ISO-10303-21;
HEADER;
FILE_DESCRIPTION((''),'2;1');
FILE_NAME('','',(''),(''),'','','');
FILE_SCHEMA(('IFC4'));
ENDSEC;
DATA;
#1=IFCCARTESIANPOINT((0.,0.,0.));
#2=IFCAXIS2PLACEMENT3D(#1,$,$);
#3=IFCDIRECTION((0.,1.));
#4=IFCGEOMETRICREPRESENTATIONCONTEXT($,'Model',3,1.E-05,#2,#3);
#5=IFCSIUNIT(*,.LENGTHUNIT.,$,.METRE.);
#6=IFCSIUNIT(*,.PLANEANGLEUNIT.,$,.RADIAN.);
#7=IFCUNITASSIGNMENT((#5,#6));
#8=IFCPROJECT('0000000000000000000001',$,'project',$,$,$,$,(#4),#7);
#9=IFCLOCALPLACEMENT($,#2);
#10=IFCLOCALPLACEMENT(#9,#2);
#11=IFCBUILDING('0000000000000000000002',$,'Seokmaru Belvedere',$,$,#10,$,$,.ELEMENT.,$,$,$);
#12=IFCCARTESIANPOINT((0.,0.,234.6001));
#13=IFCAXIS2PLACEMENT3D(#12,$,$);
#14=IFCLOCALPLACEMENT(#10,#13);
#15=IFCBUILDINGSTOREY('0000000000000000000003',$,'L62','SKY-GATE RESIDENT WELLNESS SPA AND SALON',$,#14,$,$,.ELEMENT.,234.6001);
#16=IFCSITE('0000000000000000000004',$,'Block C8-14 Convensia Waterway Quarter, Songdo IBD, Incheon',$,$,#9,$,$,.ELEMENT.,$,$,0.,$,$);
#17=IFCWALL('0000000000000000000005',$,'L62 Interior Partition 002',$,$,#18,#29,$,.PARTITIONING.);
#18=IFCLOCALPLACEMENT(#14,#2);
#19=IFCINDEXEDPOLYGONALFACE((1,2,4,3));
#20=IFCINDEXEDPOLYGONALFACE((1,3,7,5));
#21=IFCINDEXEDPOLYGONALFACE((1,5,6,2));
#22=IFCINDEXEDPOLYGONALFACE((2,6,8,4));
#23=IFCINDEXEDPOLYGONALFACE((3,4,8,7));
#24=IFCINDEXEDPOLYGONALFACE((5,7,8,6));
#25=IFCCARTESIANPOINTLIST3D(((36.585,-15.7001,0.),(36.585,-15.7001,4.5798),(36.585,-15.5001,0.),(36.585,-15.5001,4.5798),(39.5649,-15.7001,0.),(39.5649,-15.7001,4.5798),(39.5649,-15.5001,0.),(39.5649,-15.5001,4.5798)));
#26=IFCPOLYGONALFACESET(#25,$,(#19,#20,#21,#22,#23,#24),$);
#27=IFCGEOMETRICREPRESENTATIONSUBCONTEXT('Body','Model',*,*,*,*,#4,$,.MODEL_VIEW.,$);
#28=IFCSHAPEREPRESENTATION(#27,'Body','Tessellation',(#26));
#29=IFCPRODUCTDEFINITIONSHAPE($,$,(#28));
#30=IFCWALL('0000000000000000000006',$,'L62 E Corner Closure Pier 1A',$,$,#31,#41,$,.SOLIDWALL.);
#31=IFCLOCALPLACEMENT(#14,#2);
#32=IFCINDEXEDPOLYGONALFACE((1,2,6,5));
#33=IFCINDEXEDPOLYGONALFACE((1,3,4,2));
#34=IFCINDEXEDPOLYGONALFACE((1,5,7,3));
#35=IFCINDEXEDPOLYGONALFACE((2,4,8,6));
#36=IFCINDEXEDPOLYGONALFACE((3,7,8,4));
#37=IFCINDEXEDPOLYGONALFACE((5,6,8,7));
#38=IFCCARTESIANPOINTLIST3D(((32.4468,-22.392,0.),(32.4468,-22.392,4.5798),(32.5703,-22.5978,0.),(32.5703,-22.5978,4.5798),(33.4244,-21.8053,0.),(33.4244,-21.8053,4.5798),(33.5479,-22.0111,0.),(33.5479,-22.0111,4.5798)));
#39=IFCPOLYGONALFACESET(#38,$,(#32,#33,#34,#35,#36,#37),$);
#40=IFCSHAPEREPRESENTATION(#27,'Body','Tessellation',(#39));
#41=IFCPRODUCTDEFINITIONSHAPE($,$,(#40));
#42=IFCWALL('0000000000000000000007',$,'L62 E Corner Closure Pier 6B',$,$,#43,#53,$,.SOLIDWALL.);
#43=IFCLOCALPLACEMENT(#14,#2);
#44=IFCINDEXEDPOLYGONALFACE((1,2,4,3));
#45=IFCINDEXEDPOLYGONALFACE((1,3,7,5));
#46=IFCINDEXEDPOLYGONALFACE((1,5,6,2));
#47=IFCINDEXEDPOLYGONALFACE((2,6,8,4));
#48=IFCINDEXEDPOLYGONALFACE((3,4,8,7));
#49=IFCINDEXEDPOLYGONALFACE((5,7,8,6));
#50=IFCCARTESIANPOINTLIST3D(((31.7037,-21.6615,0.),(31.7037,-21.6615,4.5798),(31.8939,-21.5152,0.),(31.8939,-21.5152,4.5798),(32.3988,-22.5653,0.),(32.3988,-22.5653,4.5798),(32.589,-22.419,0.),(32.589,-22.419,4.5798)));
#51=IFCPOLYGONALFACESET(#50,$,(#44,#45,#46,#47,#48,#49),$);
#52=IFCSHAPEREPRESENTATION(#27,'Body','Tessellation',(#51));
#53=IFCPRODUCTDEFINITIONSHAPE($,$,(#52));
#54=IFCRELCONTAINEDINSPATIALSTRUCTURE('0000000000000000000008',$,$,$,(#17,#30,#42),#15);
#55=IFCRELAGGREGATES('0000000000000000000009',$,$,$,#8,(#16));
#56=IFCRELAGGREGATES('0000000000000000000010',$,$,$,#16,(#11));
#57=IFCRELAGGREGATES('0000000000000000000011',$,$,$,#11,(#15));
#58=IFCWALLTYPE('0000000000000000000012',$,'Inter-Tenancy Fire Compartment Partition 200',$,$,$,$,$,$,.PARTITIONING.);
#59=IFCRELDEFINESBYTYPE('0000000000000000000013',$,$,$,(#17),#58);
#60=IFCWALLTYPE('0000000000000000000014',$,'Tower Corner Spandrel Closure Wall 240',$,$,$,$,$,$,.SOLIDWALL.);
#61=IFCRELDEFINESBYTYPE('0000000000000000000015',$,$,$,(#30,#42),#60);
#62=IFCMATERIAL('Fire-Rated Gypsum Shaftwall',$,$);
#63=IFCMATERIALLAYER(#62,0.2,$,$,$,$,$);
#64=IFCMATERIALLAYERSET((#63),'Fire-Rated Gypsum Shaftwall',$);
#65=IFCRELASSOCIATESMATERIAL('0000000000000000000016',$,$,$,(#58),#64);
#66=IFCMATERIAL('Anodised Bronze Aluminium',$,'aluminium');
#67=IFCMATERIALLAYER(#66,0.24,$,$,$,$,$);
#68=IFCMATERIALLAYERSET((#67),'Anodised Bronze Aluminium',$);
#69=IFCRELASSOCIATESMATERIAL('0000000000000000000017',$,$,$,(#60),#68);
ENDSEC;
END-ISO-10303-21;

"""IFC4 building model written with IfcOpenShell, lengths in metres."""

from ifc_helpers import new_model, si_unit, direction, frame, frame_2d, origin, place, context, subcontext, project, spatial, rectangle, extrude, material, layer, layer_set, type_object, element, save


model = new_model("IFC4")

# Units and contexts
model_context = context("Model", 3, precision=1e-05, world=origin(), true_north=direction((0.0, 1.0)))
body_context = subcontext(model_context, "Body", "Model", "MODEL_VIEW")
ifc_project = project(units=[si_unit("LENGTHUNIT", "METRE"), si_unit("PLANEANGLEUNIT", "RADIAN")], contexts=[model_context])

# Site, building, storey
site_placement = place(None, origin())
site = spatial("IfcSite", under=ifc_project, at=site_placement, Name="Block C8-14 Convensia Waterway Quarter, Songdo IBD, Incheon", CompositionType="ELEMENT", RefElevation=0.0)
building_placement = place(site_placement, origin())
building = spatial("IfcBuilding", under=site, at=building_placement, Name="Seokmaru Belvedere", CompositionType="ELEMENT")
storey_placement = place(building_placement, frame((0.0, 0.0, 234.6001)))
storey = spatial("IfcBuildingStorey", under=building, at=storey_placement, Name="L62", Description="SKY-GATE RESIDENT WELLNESS SPA AND SALON", CompositionType="ELEMENT", Elevation=234.6001)

# Shared definitions
ifc_material_1 = material(Name="Anodised Bronze Aluminium", Category="aluminium")

# Walls
ifc_material_2 = material(Name="Fire-Rated Gypsum Shaftwall")
ifc_layer_1 = layer(ifc_material_2, 0.2)
ifc_layer_set_1 = layer_set([ifc_layer_1], Name="Fire-Rated Gypsum Shaftwall")
wall_type_1 = type_object("IfcWallType", Name="Inter-Tenancy Fire Compartment Partition 200", PredefinedType="PARTITIONING", material=ifc_layer_set_1)
wall_placement = place(storey_placement, frame((36.585, -15.6001, 0.0), z_axis=(0.0, 0.0, 1.0), x_axis=(1.0, 0.0, 0.0)))
element("IfcWall", 1, at=wall_placement, inside=storey, type_object=wall_type_1, Name="L62 Interior Partition 002", PredefinedType="PARTITIONING", context=body_context, shape_type="SweptSolid", body=[
    extrude(rectangle(XDim=2.98, YDim=0.2, at=frame_2d((1.49, 0.0))), origin(), (0.0, 0.0, 1.0), 4.5798),
])
ifc_layer_2 = layer(ifc_material_1, 0.24)
ifc_layer_set_2 = layer_set([ifc_layer_2], Name="Anodised Bronze Aluminium")
wall_type_2 = type_object("IfcWallType", Name="Tower Corner Spandrel Closure Wall 240", PredefinedType="SOLIDWALL", material=ifc_layer_set_2)
for number, where, z_axis, x_axis, name in (
    (2, (32.5085, -22.4949, 0.0), (0.0, 0.0, 1.0), (0.857436, 0.51459, 0.0), "L62 E Corner Closure Pier 1A"),
    (3, (31.7988, -21.5884, 0.0), (0.0, 0.0, 1.0), (0.609618, -0.792696, 0.0), "L62 E Corner Closure Pier 6B"),
):
    element("IfcWall", number, at=place(storey_placement, frame(where, z_axis=z_axis, x_axis=x_axis)), inside=storey, type_object=wall_type_2, Name=name, PredefinedType="SOLIDWALL", context=body_context, shape_type="SweptSolid", body=[
        extrude(rectangle(XDim=1.1401, YDim=0.24, at=frame_2d((0.5701, 0.0))), origin(), (0.0, 0.0, 1.0), 4.5798),
    ])

save(model, "model.ifc")
